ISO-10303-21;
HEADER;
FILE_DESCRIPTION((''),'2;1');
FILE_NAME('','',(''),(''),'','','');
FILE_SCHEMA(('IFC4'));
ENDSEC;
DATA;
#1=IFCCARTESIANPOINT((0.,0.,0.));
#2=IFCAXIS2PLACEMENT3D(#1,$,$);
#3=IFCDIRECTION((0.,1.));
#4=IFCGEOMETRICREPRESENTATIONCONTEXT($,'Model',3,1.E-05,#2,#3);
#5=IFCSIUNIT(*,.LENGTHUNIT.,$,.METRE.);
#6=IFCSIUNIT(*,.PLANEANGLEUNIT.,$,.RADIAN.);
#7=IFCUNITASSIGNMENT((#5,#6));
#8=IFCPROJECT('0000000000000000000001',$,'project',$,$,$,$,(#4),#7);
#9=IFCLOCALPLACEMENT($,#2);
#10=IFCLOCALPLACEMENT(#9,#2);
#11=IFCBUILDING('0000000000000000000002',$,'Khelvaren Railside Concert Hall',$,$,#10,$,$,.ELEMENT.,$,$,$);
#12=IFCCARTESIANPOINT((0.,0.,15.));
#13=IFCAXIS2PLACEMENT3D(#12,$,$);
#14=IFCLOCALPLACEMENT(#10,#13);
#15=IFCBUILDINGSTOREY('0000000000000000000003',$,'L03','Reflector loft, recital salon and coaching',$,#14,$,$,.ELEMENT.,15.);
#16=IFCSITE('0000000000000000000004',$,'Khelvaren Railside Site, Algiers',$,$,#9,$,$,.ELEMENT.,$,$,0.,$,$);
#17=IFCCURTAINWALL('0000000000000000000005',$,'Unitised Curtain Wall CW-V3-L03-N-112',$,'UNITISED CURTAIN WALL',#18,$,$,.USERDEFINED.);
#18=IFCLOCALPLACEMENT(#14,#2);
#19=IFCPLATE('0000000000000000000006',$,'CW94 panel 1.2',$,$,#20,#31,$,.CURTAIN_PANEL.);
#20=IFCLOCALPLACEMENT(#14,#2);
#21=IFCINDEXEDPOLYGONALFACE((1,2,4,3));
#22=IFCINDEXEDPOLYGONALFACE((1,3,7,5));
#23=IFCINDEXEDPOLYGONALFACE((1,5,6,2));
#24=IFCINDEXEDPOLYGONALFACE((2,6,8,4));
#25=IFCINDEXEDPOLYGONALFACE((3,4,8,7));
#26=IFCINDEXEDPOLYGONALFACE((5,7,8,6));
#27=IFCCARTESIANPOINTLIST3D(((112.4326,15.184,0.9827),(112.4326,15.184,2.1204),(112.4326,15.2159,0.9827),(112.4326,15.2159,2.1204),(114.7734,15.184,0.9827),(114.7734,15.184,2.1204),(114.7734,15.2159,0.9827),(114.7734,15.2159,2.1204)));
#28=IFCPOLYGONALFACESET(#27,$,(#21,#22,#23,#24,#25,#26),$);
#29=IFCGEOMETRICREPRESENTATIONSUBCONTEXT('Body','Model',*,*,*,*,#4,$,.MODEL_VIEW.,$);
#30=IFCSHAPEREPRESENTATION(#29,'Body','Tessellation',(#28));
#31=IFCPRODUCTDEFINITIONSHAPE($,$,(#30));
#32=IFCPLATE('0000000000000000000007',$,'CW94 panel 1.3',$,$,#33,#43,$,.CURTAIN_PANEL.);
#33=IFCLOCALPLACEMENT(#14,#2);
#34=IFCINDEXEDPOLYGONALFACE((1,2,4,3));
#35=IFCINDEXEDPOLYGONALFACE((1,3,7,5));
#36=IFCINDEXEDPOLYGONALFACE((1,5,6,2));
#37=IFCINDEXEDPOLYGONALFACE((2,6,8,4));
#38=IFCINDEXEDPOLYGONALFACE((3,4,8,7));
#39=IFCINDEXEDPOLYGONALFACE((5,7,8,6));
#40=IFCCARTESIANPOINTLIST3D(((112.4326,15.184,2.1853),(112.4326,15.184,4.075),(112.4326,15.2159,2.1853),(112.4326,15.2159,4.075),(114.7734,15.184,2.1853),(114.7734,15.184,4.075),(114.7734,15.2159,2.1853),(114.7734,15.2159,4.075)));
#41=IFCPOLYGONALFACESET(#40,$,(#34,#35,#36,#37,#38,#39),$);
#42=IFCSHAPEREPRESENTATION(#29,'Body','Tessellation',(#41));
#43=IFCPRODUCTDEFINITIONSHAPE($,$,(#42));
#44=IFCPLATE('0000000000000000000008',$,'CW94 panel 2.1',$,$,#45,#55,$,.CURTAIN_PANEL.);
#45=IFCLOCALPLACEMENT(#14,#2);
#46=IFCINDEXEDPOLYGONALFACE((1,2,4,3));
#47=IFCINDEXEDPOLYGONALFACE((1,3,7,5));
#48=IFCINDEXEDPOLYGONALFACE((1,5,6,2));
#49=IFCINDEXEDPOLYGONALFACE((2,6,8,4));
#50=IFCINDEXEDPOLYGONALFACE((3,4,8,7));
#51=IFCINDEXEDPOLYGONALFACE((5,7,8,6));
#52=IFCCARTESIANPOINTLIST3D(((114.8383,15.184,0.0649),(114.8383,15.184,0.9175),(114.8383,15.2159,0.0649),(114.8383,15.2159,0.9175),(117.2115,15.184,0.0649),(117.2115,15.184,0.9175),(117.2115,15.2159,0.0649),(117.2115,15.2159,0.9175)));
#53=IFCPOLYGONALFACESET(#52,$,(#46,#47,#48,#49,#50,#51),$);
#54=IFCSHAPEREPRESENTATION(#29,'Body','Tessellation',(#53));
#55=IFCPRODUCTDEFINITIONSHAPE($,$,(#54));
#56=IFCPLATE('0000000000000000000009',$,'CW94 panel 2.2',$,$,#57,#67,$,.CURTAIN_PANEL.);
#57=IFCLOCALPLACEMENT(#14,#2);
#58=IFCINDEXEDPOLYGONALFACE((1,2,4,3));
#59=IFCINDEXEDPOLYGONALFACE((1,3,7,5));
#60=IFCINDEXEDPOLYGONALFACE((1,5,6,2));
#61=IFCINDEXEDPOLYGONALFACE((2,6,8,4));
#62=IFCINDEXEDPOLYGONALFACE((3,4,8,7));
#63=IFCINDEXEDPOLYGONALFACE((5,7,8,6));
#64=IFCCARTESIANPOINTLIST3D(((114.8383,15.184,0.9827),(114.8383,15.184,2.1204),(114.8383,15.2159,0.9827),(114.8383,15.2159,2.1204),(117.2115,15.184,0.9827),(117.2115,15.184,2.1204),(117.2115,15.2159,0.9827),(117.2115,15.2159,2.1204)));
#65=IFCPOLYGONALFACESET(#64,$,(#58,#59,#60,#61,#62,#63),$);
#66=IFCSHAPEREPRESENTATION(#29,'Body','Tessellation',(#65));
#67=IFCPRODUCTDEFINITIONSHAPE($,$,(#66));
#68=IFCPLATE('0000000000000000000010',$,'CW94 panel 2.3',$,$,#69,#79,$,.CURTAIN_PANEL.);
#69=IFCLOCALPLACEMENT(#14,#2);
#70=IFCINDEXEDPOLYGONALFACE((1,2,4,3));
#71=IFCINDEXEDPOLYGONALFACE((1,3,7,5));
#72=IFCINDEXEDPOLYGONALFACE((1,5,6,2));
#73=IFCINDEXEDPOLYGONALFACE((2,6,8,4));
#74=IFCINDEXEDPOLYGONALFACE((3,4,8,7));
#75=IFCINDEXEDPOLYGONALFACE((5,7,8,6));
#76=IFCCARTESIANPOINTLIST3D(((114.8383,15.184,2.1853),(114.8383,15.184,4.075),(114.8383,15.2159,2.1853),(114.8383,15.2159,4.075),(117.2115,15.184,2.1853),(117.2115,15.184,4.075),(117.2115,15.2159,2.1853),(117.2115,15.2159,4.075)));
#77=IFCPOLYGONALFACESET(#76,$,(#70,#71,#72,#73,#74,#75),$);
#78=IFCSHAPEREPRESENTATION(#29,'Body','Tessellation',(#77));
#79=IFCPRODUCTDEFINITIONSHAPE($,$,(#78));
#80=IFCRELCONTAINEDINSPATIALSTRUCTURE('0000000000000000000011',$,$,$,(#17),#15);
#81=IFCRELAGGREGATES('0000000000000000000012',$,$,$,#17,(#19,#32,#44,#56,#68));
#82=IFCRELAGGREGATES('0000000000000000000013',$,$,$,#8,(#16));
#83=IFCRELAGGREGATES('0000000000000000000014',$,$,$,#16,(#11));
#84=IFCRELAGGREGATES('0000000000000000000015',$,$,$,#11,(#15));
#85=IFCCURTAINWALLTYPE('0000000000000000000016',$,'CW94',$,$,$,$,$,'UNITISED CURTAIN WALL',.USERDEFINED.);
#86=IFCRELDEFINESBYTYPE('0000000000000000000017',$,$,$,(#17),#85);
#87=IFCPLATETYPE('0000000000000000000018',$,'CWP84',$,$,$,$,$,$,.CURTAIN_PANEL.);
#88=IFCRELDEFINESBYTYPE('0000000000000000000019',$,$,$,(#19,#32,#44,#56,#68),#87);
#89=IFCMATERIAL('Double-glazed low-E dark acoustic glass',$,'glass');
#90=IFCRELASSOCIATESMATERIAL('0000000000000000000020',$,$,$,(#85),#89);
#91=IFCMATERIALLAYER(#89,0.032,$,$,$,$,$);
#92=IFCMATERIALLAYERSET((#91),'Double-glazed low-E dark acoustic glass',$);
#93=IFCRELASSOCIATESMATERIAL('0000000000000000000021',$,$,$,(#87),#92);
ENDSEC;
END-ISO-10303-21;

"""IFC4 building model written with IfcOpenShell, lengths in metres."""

from ifc_helpers import new_model, si_unit, direction, frame, origin, origin_2d, place, context, subcontext, project, spatial, rectangle, extrude, material, layer, layer_set, type_object, element, aggregate, save


model = new_model("IFC4")

# Units and contexts
model_context = context("Model", 3, precision=1e-05, world=origin(), true_north=direction((0.0, 1.0)))
body_context = subcontext(model_context, "Body", "Model", "MODEL_VIEW")
ifc_project = project(units=[si_unit("LENGTHUNIT", "METRE"), si_unit("PLANEANGLEUNIT", "RADIAN")], contexts=[model_context])

# Site, building, storey
site_placement = place(None, origin())
site = spatial("IfcSite", under=ifc_project, at=site_placement, Name="Khelvaren Railside Site, Algiers", CompositionType="ELEMENT", RefElevation=0.0)
building_placement = place(site_placement, origin())
building = spatial("IfcBuilding", under=site, at=building_placement, Name="Khelvaren Railside Concert Hall", CompositionType="ELEMENT")
storey_placement = place(building_placement, frame((0.0, 0.0, 15.0)))
storey = spatial("IfcBuildingStorey", under=building, at=storey_placement, Name="L03", Description="Reflector loft, recital salon and coaching", CompositionType="ELEMENT", Elevation=15.0)

# Curtain wall
ifc_material_1 = material(Name="Double-glazed low-E dark acoustic glass", Category="glass")
curtain_wall_type_1 = type_object("IfcCurtainWallType", Name="CW94", ElementType="UNITISED CURTAIN WALL", PredefinedType="USERDEFINED", material=ifc_material_1)
curtain_wall_1_placement = place(storey_placement, origin())
curtain_wall_1 = element("IfcCurtainWall", 1, at=curtain_wall_1_placement, inside=storey, type_object=curtain_wall_type_1, Name="Unitised Curtain Wall CW-V3-L03-N-112", ObjectType="UNITISED CURTAIN WALL", PredefinedType="USERDEFINED")

# Plates
ifc_layer = layer(ifc_material_1, 0.032)
ifc_layer_set = layer_set([ifc_layer], Name="Double-glazed low-E dark acoustic glass")
plate_type = type_object("IfcPlateType", Name="CWP84", PredefinedType="CURTAIN_PANEL", material=ifc_layer_set)
plate_1_placement = place(storey_placement, frame((113.603, 15.2, 0.9827), z_axis=(0.0, 0.0, 1.0), x_axis=(1.0, 0.0, 0.0)))
plate_1 = element("IfcPlate", 2, at=plate_1_placement, type_object=plate_type, Name="CW94 panel 1.2", PredefinedType="CURTAIN_PANEL", context=body_context, shape_type="SweptSolid", body=[
    extrude(rectangle(XDim=2.3408, YDim=0.032, at=origin_2d()), origin(), (0.0, 0.0, 1.0), 1.1377),
])
plate_2_placement = place(storey_placement, frame((113.603, 15.2, 2.1853), z_axis=(0.0, 0.0, 1.0), x_axis=(1.0, 0.0, 0.0)))
plate_2 = element("IfcPlate", 3, at=plate_2_placement, type_object=plate_type, Name="CW94 panel 1.3", PredefinedType="CURTAIN_PANEL", context=body_context, shape_type="SweptSolid", body=[
    extrude(rectangle(XDim=2.3408, YDim=0.032, at=origin_2d()), origin(), (0.0, 0.0, 1.0), 1.8896),
])
plate_3_placement = place(storey_placement, frame((116.0249, 15.2, 0.0649), z_axis=(0.0, 0.0, 1.0), x_axis=(1.0, 0.0, 0.0)))
plate_3 = element("IfcPlate", 4, at=plate_3_placement, type_object=plate_type, Name="CW94 panel 2.1", PredefinedType="CURTAIN_PANEL", context=body_context, shape_type="SweptSolid", body=[
    extrude(rectangle(XDim=2.3733, YDim=0.032, at=origin_2d()), origin(), (0.0, 0.0, 1.0), 0.8525),
])
plate_4_placement = place(storey_placement, frame((116.0249, 15.2, 0.9827), z_axis=(0.0, 0.0, 1.0), x_axis=(1.0, 0.0, 0.0)))
plate_4 = element("IfcPlate", 5, at=plate_4_placement, type_object=plate_type, Name="CW94 panel 2.2", PredefinedType="CURTAIN_PANEL", context=body_context, shape_type="SweptSolid", body=[
    extrude(rectangle(XDim=2.3733, YDim=0.032, at=origin_2d()), origin(), (0.0, 0.0, 1.0), 1.1377),
])
plate_5_placement = place(storey_placement, frame((116.0249, 15.2, 2.1853), z_axis=(0.0, 0.0, 1.0), x_axis=(1.0, 0.0, 0.0)))
plate_5 = element("IfcPlate", 6, at=plate_5_placement, type_object=plate_type, Name="CW94 panel 2.3", PredefinedType="CURTAIN_PANEL", context=body_context, shape_type="SweptSolid", body=[
    extrude(rectangle(XDim=2.3733, YDim=0.032, at=origin_2d()), origin(), (0.0, 0.0, 1.0), 1.8896),
])
aggregate(curtain_wall_1, [plate_1, plate_2, plate_3, plate_4, plate_5])

save(model, "model.ifc")
